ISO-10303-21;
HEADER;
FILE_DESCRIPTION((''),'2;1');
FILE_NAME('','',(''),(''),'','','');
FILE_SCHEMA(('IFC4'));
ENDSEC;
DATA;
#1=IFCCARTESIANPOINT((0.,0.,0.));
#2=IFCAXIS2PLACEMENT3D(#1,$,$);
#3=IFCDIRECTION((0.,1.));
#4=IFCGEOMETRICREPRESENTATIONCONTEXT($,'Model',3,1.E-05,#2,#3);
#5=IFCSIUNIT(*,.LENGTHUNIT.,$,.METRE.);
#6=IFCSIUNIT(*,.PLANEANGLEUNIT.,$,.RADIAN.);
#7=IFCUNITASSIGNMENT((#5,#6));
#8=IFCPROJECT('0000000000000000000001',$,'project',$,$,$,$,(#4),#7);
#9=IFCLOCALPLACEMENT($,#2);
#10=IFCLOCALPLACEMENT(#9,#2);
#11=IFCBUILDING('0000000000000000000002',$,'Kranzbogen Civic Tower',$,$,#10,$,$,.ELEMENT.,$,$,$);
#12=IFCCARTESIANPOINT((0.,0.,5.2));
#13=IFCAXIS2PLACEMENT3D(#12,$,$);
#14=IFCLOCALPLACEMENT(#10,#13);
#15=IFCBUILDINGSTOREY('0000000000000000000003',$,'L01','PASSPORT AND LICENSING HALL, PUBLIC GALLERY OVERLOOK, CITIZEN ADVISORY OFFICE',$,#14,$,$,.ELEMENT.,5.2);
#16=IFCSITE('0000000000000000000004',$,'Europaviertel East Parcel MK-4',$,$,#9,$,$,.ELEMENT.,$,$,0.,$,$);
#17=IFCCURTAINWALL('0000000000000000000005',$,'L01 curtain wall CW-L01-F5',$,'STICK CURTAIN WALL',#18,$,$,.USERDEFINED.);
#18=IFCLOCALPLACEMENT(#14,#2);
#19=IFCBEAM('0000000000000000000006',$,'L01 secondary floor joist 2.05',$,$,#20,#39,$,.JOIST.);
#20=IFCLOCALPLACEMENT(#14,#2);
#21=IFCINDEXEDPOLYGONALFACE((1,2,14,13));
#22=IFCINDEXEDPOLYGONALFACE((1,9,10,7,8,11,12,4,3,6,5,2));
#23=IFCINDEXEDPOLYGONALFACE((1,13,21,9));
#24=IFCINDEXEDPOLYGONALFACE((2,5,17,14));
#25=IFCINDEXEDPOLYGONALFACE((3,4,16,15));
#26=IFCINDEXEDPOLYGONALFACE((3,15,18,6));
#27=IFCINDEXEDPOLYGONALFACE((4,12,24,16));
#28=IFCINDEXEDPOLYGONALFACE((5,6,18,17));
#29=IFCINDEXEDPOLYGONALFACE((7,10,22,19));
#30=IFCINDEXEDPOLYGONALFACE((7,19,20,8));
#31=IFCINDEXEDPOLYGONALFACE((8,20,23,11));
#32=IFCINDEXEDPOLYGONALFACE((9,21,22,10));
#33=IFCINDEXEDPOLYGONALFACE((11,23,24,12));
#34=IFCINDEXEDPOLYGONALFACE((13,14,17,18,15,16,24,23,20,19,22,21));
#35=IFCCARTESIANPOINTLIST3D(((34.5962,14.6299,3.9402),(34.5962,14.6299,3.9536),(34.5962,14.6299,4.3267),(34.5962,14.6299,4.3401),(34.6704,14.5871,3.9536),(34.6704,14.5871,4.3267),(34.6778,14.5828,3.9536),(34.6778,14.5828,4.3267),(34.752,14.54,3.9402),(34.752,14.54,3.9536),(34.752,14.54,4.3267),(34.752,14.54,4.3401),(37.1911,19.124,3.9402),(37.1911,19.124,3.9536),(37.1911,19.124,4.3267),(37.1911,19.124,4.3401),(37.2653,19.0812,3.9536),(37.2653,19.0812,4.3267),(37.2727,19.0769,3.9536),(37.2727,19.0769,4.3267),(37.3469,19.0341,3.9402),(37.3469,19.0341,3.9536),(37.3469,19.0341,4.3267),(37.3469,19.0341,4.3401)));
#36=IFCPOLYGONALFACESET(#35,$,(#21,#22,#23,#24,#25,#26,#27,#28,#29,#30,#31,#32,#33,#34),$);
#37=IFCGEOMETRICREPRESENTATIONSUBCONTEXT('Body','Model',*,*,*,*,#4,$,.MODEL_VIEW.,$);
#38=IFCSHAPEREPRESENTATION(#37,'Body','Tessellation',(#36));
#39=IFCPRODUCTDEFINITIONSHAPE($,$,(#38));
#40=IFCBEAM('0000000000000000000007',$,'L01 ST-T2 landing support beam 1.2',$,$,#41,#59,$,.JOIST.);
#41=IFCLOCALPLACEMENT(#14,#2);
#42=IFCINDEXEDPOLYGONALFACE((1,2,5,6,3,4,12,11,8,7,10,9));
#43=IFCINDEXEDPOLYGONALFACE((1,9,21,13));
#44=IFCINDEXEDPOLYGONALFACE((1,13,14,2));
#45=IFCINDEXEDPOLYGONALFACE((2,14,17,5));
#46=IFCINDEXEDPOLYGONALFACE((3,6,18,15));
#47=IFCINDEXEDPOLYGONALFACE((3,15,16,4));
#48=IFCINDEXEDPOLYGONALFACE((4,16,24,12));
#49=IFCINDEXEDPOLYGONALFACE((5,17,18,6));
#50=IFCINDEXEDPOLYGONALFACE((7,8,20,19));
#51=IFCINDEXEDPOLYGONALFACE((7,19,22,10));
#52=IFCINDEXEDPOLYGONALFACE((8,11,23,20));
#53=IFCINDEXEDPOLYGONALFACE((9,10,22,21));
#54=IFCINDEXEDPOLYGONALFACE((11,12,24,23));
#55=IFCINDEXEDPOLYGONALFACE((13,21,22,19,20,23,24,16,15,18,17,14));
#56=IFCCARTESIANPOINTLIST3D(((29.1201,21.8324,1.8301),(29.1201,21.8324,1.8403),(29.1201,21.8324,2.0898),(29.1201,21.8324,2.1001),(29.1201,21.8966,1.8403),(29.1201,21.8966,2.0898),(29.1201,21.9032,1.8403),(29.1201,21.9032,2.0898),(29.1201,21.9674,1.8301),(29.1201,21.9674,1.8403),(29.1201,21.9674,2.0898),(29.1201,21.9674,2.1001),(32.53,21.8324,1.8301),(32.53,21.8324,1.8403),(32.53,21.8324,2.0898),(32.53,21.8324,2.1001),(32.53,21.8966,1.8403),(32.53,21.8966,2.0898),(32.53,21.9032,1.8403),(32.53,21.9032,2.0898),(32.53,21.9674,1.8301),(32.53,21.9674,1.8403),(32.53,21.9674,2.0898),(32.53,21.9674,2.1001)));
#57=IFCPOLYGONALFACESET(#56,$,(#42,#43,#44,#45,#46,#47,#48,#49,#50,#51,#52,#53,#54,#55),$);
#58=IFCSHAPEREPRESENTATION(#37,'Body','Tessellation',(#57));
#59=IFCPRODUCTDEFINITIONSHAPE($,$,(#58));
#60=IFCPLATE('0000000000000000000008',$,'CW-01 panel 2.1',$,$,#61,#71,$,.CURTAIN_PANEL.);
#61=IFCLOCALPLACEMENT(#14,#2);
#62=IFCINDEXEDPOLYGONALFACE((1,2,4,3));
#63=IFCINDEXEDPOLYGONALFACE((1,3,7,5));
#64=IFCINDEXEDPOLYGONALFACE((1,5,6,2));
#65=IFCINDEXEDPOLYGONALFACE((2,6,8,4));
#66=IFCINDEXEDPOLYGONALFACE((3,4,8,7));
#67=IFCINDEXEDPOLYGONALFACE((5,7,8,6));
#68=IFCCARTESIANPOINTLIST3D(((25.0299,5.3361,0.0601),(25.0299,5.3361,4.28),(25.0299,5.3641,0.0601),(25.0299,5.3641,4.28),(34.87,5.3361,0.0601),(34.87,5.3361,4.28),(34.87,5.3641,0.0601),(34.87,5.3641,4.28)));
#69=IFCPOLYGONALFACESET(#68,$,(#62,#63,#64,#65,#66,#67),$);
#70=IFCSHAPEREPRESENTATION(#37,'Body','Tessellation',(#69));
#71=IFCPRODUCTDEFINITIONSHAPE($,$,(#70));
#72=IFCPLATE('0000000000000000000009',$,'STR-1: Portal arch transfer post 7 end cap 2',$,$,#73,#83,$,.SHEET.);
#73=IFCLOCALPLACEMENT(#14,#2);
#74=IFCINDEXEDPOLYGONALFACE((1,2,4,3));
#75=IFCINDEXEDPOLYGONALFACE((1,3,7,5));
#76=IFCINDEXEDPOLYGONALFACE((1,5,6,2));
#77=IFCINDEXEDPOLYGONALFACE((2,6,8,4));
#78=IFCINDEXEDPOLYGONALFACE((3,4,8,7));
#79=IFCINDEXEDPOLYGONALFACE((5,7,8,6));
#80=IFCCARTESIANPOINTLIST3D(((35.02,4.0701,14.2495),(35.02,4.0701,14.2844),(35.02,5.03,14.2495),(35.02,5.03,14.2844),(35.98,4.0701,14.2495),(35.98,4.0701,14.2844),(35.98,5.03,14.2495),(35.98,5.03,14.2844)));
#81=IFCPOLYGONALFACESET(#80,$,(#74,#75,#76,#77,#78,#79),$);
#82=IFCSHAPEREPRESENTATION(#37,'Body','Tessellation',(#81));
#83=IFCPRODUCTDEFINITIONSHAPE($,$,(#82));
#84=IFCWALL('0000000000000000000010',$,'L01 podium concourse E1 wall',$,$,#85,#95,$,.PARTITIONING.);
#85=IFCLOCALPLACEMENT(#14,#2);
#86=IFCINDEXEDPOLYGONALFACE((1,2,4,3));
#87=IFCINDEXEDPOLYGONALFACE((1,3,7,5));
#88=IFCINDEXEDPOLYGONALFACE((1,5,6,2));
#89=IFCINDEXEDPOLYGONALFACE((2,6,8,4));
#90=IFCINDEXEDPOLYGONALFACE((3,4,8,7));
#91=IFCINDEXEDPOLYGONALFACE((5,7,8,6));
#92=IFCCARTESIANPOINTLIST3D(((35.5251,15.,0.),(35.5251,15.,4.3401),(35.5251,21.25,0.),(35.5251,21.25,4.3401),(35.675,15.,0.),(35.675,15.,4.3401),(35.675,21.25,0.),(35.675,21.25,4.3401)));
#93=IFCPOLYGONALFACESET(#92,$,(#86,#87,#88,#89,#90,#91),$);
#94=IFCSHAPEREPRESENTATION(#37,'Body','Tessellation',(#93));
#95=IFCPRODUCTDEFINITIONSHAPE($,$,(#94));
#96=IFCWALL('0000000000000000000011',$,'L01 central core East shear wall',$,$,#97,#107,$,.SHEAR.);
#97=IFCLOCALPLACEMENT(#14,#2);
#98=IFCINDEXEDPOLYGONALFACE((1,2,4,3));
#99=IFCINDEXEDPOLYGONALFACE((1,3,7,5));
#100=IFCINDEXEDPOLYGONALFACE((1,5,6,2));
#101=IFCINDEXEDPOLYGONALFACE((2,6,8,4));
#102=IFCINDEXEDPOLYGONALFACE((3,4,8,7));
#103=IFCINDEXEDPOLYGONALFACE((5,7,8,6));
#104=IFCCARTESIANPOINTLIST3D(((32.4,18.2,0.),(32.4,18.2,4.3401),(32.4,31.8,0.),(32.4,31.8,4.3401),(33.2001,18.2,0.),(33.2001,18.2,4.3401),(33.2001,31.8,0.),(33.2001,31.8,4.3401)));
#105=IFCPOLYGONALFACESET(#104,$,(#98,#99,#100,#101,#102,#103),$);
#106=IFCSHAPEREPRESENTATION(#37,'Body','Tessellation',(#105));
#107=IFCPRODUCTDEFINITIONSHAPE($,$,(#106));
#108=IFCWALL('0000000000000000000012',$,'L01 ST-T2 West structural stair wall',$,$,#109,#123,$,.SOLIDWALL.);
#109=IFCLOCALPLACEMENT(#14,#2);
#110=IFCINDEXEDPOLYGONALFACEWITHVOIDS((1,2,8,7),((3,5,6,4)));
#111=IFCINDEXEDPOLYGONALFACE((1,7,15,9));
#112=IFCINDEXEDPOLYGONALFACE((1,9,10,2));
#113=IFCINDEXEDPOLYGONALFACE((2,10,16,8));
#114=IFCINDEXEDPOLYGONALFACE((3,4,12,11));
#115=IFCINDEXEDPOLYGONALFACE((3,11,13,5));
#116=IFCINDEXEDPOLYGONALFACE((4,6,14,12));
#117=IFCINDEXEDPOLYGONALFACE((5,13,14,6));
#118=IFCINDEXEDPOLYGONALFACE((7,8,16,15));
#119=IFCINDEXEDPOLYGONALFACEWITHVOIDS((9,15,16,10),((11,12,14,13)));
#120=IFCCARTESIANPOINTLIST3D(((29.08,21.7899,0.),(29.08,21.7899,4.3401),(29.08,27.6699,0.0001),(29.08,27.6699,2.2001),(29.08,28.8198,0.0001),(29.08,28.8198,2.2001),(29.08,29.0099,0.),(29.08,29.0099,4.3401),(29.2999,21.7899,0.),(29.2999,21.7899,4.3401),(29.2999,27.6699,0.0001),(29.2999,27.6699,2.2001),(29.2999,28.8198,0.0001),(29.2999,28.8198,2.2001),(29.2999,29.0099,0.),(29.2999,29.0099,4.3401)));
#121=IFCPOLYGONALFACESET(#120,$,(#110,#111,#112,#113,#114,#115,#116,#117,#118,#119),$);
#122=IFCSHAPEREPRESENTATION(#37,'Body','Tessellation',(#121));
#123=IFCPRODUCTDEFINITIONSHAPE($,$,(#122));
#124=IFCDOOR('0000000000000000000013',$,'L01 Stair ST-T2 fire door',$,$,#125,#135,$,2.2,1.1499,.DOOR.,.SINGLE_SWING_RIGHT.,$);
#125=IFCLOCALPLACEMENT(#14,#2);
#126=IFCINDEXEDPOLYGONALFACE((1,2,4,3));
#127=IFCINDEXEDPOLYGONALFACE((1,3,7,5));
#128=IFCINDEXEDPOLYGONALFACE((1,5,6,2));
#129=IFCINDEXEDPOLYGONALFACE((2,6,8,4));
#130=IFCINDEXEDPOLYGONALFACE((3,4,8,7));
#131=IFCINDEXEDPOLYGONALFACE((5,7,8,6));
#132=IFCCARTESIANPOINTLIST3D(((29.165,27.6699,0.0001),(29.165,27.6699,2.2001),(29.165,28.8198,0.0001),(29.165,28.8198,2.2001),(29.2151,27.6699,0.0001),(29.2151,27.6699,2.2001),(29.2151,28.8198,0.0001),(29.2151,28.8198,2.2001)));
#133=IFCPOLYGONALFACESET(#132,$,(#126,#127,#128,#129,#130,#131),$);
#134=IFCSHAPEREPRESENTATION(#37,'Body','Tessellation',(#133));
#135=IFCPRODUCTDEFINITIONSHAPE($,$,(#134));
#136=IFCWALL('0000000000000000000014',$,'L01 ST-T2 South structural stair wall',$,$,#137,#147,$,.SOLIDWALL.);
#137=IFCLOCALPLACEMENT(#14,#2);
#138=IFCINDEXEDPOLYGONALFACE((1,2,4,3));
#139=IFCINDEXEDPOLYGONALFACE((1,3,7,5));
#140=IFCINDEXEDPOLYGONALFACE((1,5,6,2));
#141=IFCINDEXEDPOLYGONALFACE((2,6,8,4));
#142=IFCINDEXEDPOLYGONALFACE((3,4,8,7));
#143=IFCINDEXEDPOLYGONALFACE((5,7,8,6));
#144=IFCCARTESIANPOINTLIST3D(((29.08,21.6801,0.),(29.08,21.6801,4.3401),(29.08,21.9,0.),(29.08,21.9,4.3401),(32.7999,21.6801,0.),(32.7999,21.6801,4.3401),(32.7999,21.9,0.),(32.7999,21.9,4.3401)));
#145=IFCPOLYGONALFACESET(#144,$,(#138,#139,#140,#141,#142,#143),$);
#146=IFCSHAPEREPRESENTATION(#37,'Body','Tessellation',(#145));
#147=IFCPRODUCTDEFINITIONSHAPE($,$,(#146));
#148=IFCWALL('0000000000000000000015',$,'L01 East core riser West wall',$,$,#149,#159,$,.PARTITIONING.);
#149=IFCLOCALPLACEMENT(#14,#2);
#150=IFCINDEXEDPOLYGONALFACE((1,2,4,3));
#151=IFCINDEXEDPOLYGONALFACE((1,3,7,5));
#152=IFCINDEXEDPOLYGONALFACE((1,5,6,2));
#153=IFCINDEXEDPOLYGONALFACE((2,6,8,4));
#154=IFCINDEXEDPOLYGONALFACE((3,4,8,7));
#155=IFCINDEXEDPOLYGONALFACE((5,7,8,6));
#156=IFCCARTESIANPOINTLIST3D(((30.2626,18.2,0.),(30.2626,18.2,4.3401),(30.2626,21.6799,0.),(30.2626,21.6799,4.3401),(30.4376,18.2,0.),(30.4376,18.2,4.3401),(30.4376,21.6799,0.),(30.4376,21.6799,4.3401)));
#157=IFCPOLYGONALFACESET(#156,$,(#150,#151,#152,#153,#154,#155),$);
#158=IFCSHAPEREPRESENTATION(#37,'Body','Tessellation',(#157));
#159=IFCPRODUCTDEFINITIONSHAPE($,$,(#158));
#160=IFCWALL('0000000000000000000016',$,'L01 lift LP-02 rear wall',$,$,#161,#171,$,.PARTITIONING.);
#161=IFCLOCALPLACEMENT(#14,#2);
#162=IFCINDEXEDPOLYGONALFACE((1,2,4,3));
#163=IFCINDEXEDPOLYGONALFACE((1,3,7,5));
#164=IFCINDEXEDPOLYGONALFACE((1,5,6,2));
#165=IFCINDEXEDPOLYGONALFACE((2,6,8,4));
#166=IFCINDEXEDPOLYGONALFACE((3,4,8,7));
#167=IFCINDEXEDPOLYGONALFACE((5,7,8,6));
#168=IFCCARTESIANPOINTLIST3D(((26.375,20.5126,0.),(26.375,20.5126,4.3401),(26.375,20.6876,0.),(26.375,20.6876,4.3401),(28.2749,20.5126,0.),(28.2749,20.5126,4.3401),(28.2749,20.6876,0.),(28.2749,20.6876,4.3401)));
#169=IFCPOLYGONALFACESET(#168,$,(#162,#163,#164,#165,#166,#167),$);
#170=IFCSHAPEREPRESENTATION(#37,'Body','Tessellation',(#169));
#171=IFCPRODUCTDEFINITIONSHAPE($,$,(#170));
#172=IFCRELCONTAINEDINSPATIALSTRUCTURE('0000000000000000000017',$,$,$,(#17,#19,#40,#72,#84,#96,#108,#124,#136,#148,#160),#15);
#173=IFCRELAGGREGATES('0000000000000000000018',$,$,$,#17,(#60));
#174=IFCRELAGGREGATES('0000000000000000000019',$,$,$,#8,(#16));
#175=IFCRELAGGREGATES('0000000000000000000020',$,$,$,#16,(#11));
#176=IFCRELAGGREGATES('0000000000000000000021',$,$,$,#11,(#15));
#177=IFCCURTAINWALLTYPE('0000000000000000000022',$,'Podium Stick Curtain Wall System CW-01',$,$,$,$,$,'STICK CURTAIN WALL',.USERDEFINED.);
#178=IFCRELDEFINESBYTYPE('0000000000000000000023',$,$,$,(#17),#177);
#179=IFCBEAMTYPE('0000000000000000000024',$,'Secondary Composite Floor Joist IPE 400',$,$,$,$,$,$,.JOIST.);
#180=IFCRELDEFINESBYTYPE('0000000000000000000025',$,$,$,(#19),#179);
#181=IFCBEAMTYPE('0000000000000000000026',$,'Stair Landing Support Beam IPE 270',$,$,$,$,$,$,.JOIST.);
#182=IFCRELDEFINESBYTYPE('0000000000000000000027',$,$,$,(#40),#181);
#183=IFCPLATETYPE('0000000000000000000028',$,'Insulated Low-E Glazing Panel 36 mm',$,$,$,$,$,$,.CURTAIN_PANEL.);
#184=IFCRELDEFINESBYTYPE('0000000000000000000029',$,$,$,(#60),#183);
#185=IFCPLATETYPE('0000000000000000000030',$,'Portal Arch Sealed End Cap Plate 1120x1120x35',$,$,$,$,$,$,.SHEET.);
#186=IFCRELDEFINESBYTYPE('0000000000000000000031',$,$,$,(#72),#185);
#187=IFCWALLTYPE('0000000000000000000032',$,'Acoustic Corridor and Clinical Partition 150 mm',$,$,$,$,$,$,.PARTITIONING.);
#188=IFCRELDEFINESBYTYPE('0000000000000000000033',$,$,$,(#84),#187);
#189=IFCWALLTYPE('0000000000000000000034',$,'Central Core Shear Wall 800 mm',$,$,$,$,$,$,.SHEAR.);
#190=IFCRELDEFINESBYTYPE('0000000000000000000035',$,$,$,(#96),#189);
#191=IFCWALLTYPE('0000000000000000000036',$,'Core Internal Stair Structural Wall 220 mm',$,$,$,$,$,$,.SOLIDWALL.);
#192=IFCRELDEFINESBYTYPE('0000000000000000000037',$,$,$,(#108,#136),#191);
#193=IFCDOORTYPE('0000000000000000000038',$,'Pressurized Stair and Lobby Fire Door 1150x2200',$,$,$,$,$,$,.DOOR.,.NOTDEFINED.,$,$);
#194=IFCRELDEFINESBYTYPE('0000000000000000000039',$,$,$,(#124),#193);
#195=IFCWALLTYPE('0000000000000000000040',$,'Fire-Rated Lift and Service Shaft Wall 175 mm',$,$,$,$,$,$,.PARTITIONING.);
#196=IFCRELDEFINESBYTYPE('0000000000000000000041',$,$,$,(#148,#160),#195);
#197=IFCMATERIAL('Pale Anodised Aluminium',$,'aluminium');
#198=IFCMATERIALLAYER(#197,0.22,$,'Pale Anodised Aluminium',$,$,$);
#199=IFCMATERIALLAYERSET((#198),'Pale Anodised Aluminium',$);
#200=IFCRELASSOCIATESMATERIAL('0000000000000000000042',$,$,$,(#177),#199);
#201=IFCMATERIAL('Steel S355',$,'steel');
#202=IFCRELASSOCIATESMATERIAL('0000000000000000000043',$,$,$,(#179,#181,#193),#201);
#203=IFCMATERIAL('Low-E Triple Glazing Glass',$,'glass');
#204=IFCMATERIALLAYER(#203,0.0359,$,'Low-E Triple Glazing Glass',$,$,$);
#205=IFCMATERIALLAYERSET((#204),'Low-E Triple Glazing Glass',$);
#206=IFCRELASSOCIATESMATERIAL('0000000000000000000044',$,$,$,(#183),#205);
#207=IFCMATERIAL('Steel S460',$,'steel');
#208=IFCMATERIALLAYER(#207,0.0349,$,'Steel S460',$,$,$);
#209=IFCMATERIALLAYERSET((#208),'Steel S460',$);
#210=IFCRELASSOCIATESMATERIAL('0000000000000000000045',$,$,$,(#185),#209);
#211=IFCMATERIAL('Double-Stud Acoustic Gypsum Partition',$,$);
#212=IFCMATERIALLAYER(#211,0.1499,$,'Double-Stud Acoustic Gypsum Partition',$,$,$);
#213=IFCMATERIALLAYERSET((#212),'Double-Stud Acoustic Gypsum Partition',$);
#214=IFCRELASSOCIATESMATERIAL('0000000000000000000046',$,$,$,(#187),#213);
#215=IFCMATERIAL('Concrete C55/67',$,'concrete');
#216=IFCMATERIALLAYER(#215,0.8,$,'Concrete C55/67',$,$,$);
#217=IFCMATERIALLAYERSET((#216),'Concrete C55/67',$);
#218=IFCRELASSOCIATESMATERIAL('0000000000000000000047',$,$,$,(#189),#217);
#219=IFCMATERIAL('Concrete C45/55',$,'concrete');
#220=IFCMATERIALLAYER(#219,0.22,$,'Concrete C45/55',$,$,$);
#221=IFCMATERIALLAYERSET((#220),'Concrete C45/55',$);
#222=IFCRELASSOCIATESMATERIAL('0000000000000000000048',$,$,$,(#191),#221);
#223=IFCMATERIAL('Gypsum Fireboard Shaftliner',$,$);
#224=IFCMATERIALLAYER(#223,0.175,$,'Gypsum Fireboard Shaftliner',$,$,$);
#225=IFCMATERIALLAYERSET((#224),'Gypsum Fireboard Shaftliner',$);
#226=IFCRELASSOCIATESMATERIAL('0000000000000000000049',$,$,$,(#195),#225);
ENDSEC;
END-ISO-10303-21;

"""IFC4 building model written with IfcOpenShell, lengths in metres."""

from ifc_helpers import new_model, si_unit, direction, frame, frame_2d, origin, origin_2d, place, context, subcontext, project, spatial, rectangle, i_section, extrude, material, layer, layer_set, material_profile, profile_set, type_object, element, fill, aggregate, save


model = new_model("IFC4")

# Units and contexts
model_context = context("Model", 3, precision=1e-05, world=origin(), true_north=direction((0.0, 1.0)))
body_context = subcontext(model_context, "Body", "Model", "MODEL_VIEW")
ifc_project = project(units=[si_unit("LENGTHUNIT", "METRE"), si_unit("PLANEANGLEUNIT", "RADIAN")], contexts=[model_context])

# Site, building, storey
site_placement = place(None, origin())
site = spatial("IfcSite", under=ifc_project, at=site_placement, Name="Europaviertel East Parcel MK-4", CompositionType="ELEMENT", RefElevation=0.0)
building_placement = place(site_placement, origin())
building = spatial("IfcBuilding", under=site, at=building_placement, Name="Kranzbogen Civic Tower", CompositionType="ELEMENT")
storey_placement = place(building_placement, frame((0.0, 0.0, 5.2)))
storey = spatial("IfcBuildingStorey", under=building, at=storey_placement, Name="L01", Description="PASSPORT AND LICENSING HALL, PUBLIC GALLERY OVERLOOK, CITIZEN ADVISORY OFFICE", CompositionType="ELEMENT", Elevation=5.2)

# Shared definitions
ifc_material_1 = material(Name="Steel S460", Category="steel")

# Curtain wall
ifc_material_2 = material(Name="Pale Anodised Aluminium", Category="aluminium")
ifc_layer_1 = layer(ifc_material_2, 0.22, Name="Pale Anodised Aluminium")
ifc_layer_set_1 = layer_set([ifc_layer_1], Name="Pale Anodised Aluminium")
curtain_wall_type_1 = type_object("IfcCurtainWallType", Name="Podium Stick Curtain Wall System CW-01", ElementType="STICK CURTAIN WALL", PredefinedType="USERDEFINED", material=ifc_layer_set_1)
curtain_wall_1_placement = place(storey_placement, origin())
curtain_wall_1 = element("IfcCurtainWall", 1, at=curtain_wall_1_placement, inside=storey, type_object=curtain_wall_type_1, Name="L01 curtain wall CW-L01-F5", ObjectType="STICK CURTAIN WALL", PredefinedType="USERDEFINED")

# Beams
ifc_material_3 = material(Name="Steel S355", Category="steel")
ifc_material_profile_1 = material_profile(ifc_material_3, i_section(OverallWidth=0.1799, OverallDepth=0.3999, WebThickness=0.0085, FlangeThickness=0.0134, at=origin_2d()), Name="IPE 400")
ifc_profile_set_1 = profile_set([ifc_material_profile_1], Name="Steel S355")
beam_type_1 = type_object("IfcBeamType", Name="Secondary Composite Floor Joist IPE 400", PredefinedType="JOIST", material=ifc_profile_set_1)
beam_1_placement = place(storey_placement, frame((34.6741, 14.585, 4.1401), z_axis=(0.50004, 0.866002, 0.0), x_axis=(-0.866002, 0.50004, 0.0)))
element("IfcBeam", 2, at=beam_1_placement, inside=storey, type_object=beam_type_1, Name="L01 secondary floor joist 2.05", PredefinedType="JOIST", context=body_context, shape_type="SweptSolid", body=[
    extrude(i_section(OverallWidth=0.1799, OverallDepth=0.3999, WebThickness=0.0085, FlangeThickness=0.0134, at=origin_2d()), origin(), (0.0, 0.0, 1.0), 5.1895),
])
ifc_material_profile_2 = material_profile(ifc_material_3, i_section(OverallWidth=0.135, OverallDepth=0.27, WebThickness=0.0066, FlangeThickness=0.0103, at=origin_2d()), Name="IPE 270")
ifc_profile_set_2 = profile_set([ifc_material_profile_2], Name="Steel S355")
beam_type_2 = type_object("IfcBeamType", Name="Stair Landing Support Beam IPE 270", PredefinedType="JOIST", material=ifc_profile_set_2)
beam_2_placement = place(storey_placement, frame((29.1201, 21.8999, 1.9651), z_axis=(1.0, 0.0, 0.0), x_axis=(0.0, 1.0, 0.0)))
element("IfcBeam", 3, at=beam_2_placement, inside=storey, type_object=beam_type_2, Name="L01 ST-T2 landing support beam 1.2", PredefinedType="JOIST", context=body_context, shape_type="SweptSolid", body=[
    extrude(i_section(OverallWidth=0.135, OverallDepth=0.27, WebThickness=0.0066, FlangeThickness=0.0103, at=origin_2d()), origin(), (0.0, 0.0, 1.0), 3.4099),
])

# Plates
ifc_material_4 = material(Name="Low-E Triple Glazing Glass", Category="glass")
ifc_layer_2 = layer(ifc_material_4, 0.0359, Name="Low-E Triple Glazing Glass")
ifc_layer_set_2 = layer_set([ifc_layer_2], Name="Low-E Triple Glazing Glass")
plate_type_1 = type_object("IfcPlateType", Name="Insulated Low-E Glazing Panel 36 mm", PredefinedType="CURTAIN_PANEL", material=ifc_layer_set_2)
plate_1_placement = place(storey_placement, frame((29.95, 5.3501, 0.0601), z_axis=(0.0, 0.0, 1.0), x_axis=(1.0, 0.0, 0.0)))
plate_1 = element("IfcPlate", 4, at=plate_1_placement, type_object=plate_type_1, Name="CW-01 panel 2.1", PredefinedType="CURTAIN_PANEL", context=body_context, shape_type="SweptSolid", body=[
    extrude(rectangle(XDim=9.8401, YDim=0.0281, at=origin_2d()), origin(), (0.0, 0.0, 1.0), 4.22),
])
aggregate(curtain_wall_1, [plate_1])
ifc_layer_3 = layer(ifc_material_1, 0.0349, Name="Steel S460")
ifc_layer_set_3 = layer_set([ifc_layer_3], Name="Steel S460")
plate_type_2 = type_object("IfcPlateType", Name="Portal Arch Sealed End Cap Plate 1120x1120x35", PredefinedType="SHEET", material=ifc_layer_set_3)
plate_2_placement = place(storey_placement, frame((35.5, 4.55, 14.2495), z_axis=(0.0, 0.0, 1.0), x_axis=(1.0, 0.0, 0.0)))
element("IfcPlate", 5, at=plate_2_placement, inside=storey, type_object=plate_type_2, Name="STR-1: Portal arch transfer post 7 end cap 2", PredefinedType="SHEET", context=body_context, shape_type="SweptSolid", body=[
    extrude(rectangle(XDim=0.96, YDim=0.96, at=origin_2d()), origin(), (0.0, 0.0, 1.0), 0.0349),
])

# Walls
ifc_material_5 = material(Name="Double-Stud Acoustic Gypsum Partition")
ifc_layer_4 = layer(ifc_material_5, 0.1499, Name="Double-Stud Acoustic Gypsum Partition")
ifc_layer_set_4 = layer_set([ifc_layer_4], Name="Double-Stud Acoustic Gypsum Partition")
wall_type_1 = type_object("IfcWallType", Name="Acoustic Corridor and Clinical Partition 150 mm", PredefinedType="PARTITIONING", material=ifc_layer_set_4)
wall_1_placement = place(storey_placement, frame((35.6001, 15.0, 0.0), z_axis=(0.0, 0.0, 1.0), x_axis=(0.0, 1.0, 0.0)))
element("IfcWall", 6, at=wall_1_placement, inside=storey, type_object=wall_type_1, Name="L01 podium concourse E1 wall", PredefinedType="PARTITIONING", context=body_context, shape_type="SweptSolid", body=[
    extrude(rectangle(XDim=6.25, YDim=0.1499, at=frame_2d((3.125, 0.0))), origin(), (0.0, 0.0, 1.0), 4.3401),
])
ifc_material_6 = material(Name="Concrete C55/67", Category="concrete")
ifc_layer_5 = layer(ifc_material_6, 0.8, Name="Concrete C55/67")
ifc_layer_set_5 = layer_set([ifc_layer_5], Name="Concrete C55/67")
wall_type_2 = type_object("IfcWallType", Name="Central Core Shear Wall 800 mm", PredefinedType="SHEAR", material=ifc_layer_set_5)
wall_2_placement = place(storey_placement, frame((32.8, 18.2, 0.0), z_axis=(0.0, 0.0, 1.0), x_axis=(0.0, 1.0, 0.0)))
element("IfcWall", 7, at=wall_2_placement, inside=storey, type_object=wall_type_2, Name="L01 central core East shear wall", PredefinedType="SHEAR", context=body_context, shape_type="SweptSolid", body=[
    extrude(rectangle(XDim=13.6001, YDim=0.8, at=frame_2d((6.8, 0.0))), origin(), (0.0, 0.0, 1.0), 4.3401),
])

# Wall, opening, door
ifc_material_7 = material(Name="Concrete C45/55", Category="concrete")
ifc_layer_6 = layer(ifc_material_7, 0.22, Name="Concrete C45/55")
ifc_layer_set_6 = layer_set([ifc_layer_6], Name="Concrete C45/55")
wall_type_3 = type_object("IfcWallType", Name="Core Internal Stair Structural Wall 220 mm", PredefinedType="SOLIDWALL", material=ifc_layer_set_6)
wall_3_placement = place(storey_placement, frame((29.1899, 21.79, 0.0), z_axis=(0.0, 0.0, 1.0), x_axis=(0.0, 1.0, 0.0)))
wall_3 = element("IfcWall", 8, at=wall_3_placement, inside=storey, type_object=wall_type_3, Name="L01 ST-T2 West structural stair wall", PredefinedType="SOLIDWALL", context=body_context, shape_type="SweptSolid", body=[
    extrude(rectangle(XDim=7.22, YDim=0.22, at=frame_2d((3.6099, 0.0))), origin(), (0.0, 0.0, 1.0), 4.3401),
])
opening_1_placement = place(wall_3_placement, frame((5.8799, 0.0, 0.0)))
opening_1 = element("IfcOpeningElement", 9, at=opening_1_placement, cuts=wall_3, PredefinedType="OPENING", context=body_context, shape_type="SweptSolid", body=[
    extrude(rectangle(XDim=1.1499, YDim=2.2, at=frame_2d((0.575, 1.1001))), frame((0.0, 0.1201, 0.0), z_axis=(0.0, -1.0, 0.0), x_axis=(1.0, 0.0, 0.0)), (0.0, 0.0, 1.0), 0.24),
])
door_type = type_object("IfcDoorType", Name="Pressurized Stair and Lobby Fire Door 1150x2200", OperationType="NOTDEFINED", PredefinedType="DOOR", material=ifc_material_3)
door_1_placement = place(opening_1_placement, origin())
door_1 = element("IfcDoor", 10, at=door_1_placement, inside=storey, type_object=door_type, Name="L01 Stair ST-T2 fire door", OperationType="SINGLE_SWING_RIGHT", OverallHeight=2.2, OverallWidth=1.1499, PredefinedType="DOOR", context=body_context, shape_type="SweptSolid", body=[
    extrude(rectangle(XDim=1.1499, YDim=2.2, at=frame_2d((0.575, 1.1001))), frame((0.0, 0.0249, 0.0), z_axis=(0.0, -1.0, 0.0), x_axis=(1.0, 0.0, 0.0)), (0.0, 0.0, 1.0), 0.05),
])
fill(opening_1, door_1)

# Walls
wall_4_placement = place(storey_placement, frame((29.0801, 21.79, 0.0), z_axis=(0.0, 0.0, 1.0), x_axis=(1.0, 0.0, 0.0)))
element("IfcWall", 11, at=wall_4_placement, inside=storey, type_object=wall_type_3, Name="L01 ST-T2 South structural stair wall", PredefinedType="SOLIDWALL", context=body_context, shape_type="SweptSolid", body=[
    extrude(rectangle(XDim=3.72, YDim=0.22, at=frame_2d((1.8599, 0.0))), origin(), (0.0, 0.0, 1.0), 4.3401),
])
ifc_material_8 = material(Name="Gypsum Fireboard Shaftliner")
ifc_layer_7 = layer(ifc_material_8, 0.175, Name="Gypsum Fireboard Shaftliner")
ifc_layer_set_7 = layer_set([ifc_layer_7], Name="Gypsum Fireboard Shaftliner")
wall_type_4 = type_object("IfcWallType", Name="Fire-Rated Lift and Service Shaft Wall 175 mm", PredefinedType="PARTITIONING", material=ifc_layer_set_7)
wall_5_placement = place(storey_placement, frame((30.3501, 18.2, 0.0), z_axis=(0.0, 0.0, 1.0), x_axis=(0.0, 1.0, 0.0)))
element("IfcWall", 12, at=wall_5_placement, inside=storey, type_object=wall_type_4, Name="L01 East core riser West wall", PredefinedType="PARTITIONING", context=body_context, shape_type="SweptSolid", body=[
    extrude(rectangle(XDim=3.48, YDim=0.175, at=frame_2d((1.74, 0.0))), origin(), (0.0, 0.0, 1.0), 4.3401),
])
for number, where, z_axis, x_axis, name in (
    (13, (26.375, 20.6001, 0.0), (0.0, 0.0, 1.0), (1.0, 0.0, 0.0), "L01 lift LP-02 rear wall"),
):
    element("IfcWall", number, at=place(storey_placement, frame(where, z_axis=z_axis, x_axis=x_axis)), inside=storey, type_object=wall_type_4, Name=name, PredefinedType="PARTITIONING", context=body_context, shape_type="SweptSolid", body=[
        extrude(rectangle(XDim=1.8999, YDim=0.175, at=frame_2d((0.95, 0.0))), origin(), (0.0, 0.0, 1.0), 4.3401),
    ])

save(model, "model.ifc")
